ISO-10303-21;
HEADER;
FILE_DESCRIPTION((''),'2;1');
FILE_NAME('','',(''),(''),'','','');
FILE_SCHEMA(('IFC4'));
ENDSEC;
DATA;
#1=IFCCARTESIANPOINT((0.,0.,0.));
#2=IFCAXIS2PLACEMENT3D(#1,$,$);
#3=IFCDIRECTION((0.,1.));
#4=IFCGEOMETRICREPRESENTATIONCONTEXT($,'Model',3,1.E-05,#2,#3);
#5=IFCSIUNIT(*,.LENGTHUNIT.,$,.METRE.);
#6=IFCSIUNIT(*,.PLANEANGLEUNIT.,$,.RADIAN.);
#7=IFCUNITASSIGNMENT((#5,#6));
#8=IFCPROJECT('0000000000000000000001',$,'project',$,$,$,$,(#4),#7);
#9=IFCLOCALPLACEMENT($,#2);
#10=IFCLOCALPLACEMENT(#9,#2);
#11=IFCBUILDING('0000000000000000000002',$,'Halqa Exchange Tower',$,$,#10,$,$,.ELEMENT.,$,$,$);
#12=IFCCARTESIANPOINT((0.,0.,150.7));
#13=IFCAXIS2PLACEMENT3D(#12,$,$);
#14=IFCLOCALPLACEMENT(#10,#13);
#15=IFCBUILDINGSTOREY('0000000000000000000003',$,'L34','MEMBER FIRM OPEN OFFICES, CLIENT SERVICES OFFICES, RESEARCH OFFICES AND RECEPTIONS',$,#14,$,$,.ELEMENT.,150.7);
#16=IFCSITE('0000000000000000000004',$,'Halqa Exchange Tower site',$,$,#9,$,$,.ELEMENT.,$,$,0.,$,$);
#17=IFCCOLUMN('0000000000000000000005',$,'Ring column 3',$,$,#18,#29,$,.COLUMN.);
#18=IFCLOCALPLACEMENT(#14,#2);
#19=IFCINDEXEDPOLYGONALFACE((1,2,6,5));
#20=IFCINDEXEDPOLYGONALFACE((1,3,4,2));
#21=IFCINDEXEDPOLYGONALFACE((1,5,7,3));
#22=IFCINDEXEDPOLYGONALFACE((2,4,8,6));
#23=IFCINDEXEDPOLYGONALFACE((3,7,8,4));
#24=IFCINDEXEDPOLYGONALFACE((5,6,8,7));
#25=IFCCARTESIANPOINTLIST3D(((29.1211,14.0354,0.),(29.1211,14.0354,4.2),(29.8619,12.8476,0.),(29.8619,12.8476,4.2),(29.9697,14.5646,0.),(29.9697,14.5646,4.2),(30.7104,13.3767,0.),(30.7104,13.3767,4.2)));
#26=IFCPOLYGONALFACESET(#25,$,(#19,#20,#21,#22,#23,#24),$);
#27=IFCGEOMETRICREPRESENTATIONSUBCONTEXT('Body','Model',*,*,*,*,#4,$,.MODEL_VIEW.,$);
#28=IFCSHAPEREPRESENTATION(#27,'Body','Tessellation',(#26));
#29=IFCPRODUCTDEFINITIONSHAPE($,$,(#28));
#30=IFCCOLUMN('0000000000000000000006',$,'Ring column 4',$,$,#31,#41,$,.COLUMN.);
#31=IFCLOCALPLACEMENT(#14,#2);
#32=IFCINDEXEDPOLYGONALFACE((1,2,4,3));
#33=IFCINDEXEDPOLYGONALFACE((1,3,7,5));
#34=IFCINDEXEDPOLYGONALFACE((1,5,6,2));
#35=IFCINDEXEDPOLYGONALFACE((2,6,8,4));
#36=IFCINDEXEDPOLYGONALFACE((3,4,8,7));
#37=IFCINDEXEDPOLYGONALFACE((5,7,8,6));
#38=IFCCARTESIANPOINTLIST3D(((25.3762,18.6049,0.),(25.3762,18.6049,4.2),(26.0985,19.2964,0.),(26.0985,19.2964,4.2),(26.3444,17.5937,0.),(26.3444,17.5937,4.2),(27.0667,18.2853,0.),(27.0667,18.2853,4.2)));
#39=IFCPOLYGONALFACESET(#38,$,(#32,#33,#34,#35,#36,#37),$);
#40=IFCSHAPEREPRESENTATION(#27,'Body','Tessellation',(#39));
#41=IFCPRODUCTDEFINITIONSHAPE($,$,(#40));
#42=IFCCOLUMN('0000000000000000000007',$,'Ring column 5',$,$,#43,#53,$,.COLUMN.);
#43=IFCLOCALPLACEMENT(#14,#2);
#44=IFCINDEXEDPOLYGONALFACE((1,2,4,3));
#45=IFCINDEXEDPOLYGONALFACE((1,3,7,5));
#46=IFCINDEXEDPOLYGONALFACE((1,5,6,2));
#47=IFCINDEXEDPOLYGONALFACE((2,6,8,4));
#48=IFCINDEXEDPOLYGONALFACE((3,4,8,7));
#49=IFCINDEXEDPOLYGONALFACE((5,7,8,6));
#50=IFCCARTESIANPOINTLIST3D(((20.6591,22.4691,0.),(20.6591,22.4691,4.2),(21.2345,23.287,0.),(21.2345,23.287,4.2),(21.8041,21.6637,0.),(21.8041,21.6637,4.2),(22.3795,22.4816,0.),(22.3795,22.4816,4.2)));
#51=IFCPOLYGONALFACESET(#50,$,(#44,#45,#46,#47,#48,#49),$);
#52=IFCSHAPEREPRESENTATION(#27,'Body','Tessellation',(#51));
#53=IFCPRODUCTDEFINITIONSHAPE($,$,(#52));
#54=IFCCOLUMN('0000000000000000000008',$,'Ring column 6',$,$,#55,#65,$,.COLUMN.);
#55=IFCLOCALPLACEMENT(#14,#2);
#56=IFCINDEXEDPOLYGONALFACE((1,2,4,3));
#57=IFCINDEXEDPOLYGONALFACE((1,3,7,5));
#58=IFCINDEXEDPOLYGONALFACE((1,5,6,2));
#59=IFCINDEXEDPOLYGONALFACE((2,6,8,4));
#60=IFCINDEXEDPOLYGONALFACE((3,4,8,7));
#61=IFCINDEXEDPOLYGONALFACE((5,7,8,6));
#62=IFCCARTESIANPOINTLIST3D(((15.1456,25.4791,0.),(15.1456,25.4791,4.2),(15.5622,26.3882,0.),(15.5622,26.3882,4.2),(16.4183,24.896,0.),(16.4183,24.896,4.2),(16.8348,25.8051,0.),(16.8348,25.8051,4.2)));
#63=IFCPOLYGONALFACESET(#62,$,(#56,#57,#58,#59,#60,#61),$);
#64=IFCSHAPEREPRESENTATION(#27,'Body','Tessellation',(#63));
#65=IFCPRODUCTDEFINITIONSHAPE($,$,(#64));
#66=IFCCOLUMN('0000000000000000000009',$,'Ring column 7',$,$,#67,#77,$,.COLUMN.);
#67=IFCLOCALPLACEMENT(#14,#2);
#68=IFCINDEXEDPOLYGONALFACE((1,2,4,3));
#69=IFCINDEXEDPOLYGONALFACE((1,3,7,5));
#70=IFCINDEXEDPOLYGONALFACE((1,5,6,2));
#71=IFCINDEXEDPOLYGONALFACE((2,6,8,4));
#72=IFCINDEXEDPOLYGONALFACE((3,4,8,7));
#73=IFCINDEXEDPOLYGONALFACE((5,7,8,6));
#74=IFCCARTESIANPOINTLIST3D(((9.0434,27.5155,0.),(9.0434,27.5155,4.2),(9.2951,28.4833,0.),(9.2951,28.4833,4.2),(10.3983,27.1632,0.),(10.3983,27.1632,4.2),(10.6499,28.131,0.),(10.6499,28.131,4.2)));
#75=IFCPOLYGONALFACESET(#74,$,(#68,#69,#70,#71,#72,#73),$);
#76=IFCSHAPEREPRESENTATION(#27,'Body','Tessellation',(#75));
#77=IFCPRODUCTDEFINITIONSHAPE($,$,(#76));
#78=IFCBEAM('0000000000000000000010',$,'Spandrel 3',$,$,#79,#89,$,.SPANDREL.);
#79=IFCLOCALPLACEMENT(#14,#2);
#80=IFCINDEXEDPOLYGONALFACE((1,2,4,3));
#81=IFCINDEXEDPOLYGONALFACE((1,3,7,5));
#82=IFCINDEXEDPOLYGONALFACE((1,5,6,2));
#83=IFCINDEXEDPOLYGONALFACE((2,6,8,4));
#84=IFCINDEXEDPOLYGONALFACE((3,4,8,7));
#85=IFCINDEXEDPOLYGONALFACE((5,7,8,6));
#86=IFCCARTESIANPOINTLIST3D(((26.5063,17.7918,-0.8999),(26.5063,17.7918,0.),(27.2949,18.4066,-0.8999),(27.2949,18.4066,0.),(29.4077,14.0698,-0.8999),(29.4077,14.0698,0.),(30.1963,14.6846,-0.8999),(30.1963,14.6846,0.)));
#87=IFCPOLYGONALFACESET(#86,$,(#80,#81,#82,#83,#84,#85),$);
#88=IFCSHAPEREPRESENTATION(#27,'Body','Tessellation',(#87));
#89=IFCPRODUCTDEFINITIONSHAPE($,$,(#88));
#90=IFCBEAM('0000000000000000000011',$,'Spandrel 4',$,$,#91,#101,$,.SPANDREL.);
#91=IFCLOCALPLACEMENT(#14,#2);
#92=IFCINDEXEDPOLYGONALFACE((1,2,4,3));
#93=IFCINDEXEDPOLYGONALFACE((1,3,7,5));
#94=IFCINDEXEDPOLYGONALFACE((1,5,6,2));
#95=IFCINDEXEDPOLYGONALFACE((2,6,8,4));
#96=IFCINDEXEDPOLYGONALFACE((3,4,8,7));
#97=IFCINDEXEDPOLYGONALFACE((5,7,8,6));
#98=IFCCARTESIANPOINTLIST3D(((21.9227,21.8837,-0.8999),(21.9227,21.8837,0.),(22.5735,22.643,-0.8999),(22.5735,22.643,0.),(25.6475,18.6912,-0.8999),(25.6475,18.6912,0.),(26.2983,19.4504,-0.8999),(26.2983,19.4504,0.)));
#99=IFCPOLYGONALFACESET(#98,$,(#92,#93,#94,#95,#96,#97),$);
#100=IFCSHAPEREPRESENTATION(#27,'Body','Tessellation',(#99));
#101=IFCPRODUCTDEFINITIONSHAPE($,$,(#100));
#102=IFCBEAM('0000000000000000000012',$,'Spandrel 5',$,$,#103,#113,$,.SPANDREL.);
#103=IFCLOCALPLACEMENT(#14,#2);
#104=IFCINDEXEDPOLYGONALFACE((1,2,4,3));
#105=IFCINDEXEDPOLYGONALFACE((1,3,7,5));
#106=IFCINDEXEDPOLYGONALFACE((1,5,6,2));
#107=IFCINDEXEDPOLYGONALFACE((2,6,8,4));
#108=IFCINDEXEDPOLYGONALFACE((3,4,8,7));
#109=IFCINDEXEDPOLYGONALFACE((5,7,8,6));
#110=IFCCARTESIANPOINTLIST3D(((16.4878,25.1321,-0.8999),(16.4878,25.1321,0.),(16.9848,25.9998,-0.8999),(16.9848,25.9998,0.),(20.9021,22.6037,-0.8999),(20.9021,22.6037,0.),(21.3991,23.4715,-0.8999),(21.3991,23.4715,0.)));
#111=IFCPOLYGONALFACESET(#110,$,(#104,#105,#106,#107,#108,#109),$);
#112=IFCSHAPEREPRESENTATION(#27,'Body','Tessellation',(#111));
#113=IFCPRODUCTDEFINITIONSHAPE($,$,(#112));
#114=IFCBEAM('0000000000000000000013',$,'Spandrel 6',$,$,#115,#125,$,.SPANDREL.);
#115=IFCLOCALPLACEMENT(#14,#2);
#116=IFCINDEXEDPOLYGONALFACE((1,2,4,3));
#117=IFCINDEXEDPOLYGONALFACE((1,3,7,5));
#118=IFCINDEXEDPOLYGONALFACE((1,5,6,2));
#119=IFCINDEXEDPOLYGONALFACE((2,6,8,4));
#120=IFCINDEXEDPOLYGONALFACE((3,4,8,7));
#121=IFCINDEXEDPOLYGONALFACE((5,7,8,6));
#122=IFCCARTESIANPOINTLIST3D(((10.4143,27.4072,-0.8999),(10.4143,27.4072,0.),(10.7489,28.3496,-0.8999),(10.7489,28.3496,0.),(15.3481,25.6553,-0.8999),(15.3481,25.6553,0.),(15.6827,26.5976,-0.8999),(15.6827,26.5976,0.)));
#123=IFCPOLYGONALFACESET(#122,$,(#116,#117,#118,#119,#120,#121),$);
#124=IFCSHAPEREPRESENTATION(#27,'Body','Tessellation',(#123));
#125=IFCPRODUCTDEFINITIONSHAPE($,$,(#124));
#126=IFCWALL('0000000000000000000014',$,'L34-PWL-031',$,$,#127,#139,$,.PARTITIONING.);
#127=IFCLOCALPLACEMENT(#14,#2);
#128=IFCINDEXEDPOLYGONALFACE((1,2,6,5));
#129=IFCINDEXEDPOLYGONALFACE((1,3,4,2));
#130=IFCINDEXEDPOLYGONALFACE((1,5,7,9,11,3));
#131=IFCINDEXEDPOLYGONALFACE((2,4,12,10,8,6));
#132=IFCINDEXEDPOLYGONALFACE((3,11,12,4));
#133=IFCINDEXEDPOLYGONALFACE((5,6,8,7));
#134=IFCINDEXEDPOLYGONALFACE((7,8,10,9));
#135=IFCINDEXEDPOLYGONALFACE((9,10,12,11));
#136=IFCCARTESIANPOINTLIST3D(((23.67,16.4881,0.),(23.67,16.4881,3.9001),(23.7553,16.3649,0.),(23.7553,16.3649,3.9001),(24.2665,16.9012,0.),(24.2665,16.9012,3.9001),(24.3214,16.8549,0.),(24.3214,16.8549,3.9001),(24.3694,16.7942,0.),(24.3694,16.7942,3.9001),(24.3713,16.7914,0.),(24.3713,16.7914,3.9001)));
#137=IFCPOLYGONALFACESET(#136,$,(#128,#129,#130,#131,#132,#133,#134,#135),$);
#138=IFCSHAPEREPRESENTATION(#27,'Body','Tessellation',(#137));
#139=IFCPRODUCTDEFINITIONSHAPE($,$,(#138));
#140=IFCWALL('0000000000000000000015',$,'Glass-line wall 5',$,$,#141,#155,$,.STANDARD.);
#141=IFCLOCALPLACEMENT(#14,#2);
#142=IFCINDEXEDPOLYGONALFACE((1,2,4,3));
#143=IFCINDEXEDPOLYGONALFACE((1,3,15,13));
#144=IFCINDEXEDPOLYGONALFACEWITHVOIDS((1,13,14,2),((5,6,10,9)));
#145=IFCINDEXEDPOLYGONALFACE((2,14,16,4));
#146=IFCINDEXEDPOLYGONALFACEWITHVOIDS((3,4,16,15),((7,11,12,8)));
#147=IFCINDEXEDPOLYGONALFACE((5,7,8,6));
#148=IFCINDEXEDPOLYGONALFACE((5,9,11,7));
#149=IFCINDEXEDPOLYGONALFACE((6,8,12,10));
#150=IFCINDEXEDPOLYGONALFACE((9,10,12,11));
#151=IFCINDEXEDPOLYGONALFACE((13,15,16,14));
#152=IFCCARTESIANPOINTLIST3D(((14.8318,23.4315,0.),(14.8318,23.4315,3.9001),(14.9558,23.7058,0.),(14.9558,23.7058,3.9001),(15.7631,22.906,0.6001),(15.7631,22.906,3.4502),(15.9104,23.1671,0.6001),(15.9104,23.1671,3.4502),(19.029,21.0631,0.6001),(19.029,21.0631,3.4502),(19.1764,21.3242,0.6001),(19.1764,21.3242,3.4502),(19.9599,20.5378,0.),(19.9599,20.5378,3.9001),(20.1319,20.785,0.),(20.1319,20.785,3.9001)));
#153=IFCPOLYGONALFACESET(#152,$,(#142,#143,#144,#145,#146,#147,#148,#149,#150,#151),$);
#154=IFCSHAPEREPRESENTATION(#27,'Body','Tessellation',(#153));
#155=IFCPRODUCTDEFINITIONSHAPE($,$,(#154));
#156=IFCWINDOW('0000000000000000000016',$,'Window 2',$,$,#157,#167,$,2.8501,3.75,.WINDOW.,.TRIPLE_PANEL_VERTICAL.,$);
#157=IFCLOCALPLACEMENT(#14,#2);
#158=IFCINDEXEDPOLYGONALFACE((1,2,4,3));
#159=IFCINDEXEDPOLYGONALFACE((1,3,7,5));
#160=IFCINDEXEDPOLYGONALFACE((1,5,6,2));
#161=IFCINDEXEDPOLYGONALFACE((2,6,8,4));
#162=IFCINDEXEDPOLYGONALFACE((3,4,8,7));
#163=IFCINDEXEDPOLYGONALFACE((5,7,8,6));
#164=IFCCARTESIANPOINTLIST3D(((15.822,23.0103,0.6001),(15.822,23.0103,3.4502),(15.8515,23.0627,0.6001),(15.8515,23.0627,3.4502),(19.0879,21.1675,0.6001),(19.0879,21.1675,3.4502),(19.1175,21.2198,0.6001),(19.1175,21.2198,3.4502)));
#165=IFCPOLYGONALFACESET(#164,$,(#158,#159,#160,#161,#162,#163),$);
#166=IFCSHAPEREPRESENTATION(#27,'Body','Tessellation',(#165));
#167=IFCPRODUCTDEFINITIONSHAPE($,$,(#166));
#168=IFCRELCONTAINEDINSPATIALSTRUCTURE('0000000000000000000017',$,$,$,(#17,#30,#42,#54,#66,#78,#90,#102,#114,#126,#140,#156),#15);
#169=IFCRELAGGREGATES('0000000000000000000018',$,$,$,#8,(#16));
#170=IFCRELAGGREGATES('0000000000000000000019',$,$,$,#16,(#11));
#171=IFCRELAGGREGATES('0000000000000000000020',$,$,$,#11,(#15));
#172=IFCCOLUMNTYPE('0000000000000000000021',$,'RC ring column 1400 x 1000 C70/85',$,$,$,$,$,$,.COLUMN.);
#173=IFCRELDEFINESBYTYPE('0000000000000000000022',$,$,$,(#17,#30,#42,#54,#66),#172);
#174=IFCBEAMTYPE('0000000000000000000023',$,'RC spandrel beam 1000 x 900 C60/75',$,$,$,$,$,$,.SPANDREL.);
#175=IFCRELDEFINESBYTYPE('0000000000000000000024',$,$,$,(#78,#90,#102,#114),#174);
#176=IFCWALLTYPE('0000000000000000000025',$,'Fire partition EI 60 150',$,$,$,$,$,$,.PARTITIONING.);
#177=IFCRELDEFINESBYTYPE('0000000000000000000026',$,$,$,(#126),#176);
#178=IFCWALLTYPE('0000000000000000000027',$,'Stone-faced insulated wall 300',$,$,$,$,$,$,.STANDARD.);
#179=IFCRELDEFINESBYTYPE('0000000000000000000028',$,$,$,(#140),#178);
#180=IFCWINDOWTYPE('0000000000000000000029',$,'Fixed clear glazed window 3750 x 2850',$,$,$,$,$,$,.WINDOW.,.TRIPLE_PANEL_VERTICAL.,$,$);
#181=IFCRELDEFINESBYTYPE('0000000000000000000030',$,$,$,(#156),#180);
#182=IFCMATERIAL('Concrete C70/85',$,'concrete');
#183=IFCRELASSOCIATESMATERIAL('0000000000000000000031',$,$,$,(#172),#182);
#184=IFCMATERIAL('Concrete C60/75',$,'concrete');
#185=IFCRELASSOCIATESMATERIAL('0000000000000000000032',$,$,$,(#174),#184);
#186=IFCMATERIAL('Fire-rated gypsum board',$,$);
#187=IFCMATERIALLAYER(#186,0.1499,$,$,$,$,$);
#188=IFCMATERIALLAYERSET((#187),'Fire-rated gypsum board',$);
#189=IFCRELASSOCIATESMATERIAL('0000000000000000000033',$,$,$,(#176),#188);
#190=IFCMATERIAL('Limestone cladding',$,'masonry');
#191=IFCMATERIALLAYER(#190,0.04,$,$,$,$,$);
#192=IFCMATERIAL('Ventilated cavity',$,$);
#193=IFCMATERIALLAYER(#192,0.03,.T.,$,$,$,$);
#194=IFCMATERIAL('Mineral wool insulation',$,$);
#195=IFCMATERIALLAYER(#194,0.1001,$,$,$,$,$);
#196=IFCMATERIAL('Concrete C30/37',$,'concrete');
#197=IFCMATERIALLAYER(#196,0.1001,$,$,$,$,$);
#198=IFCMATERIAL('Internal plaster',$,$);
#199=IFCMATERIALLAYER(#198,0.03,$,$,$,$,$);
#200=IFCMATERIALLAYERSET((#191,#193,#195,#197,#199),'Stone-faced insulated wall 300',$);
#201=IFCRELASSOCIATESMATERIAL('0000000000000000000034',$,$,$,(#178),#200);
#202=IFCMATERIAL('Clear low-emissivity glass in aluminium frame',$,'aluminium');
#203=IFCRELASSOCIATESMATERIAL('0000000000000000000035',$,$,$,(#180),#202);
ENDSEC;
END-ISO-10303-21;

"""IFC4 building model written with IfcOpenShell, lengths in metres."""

from ifc_helpers import new_model, si_unit, direction, frame, frame_2d, origin, origin_2d, place, context, subcontext, project, spatial, polyline, rectangle, outline, extrude, material, layer, layer_set, material_profile, profile_set, type_object, element, fill, save


model = new_model("IFC4")

# Units and contexts
model_context = context("Model", 3, precision=1e-05, world=origin(), true_north=direction((0.0, 1.0)))
body_context = subcontext(model_context, "Body", "Model", "MODEL_VIEW")
ifc_project = project(units=[si_unit("LENGTHUNIT", "METRE"), si_unit("PLANEANGLEUNIT", "RADIAN")], contexts=[model_context])

# Site, building, storey
site_placement = place(None, origin())
site = spatial("IfcSite", under=ifc_project, at=site_placement, Name="Halqa Exchange Tower site", CompositionType="ELEMENT", RefElevation=0.0)
building_placement = place(site_placement, origin())
building = spatial("IfcBuilding", under=site, at=building_placement, Name="Halqa Exchange Tower", CompositionType="ELEMENT")
storey_placement = place(building_placement, frame((0.0, 0.0, 150.7)))
storey = spatial("IfcBuildingStorey", under=building, at=storey_placement, Name="L34", Description="MEMBER FIRM OPEN OFFICES, CLIENT SERVICES OFFICES, RESEARCH OFFICES AND RECEPTIONS", CompositionType="ELEMENT", Elevation=150.7)

# Columns
ifc_material_1 = material(Name="Concrete C70/85", Category="concrete")
ifc_material_profile_1 = material_profile(ifc_material_1, rectangle(XDim=1.3999, YDim=1.0, at=origin_2d()), Name="1400 x 1000")
ifc_profile_set_1 = profile_set([ifc_material_profile_1], Name="Concrete C70/85")
column_type = type_object("IfcColumnType", Name="RC ring column 1400 x 1000 C70/85", PredefinedType="COLUMN", material=ifc_profile_set_1)
for number, where, z_axis, x_axis, name in (
    (1, (29.9158, 13.7061, 0.0), (0.0, 0.0, 1.0), (-0.529143, 0.848532, 0.0), "Ring column 3"),
    (2, (26.2214, 18.4451, 0.0), (0.0, 0.0, 1.0), (-0.691579, 0.722301, 0.0), "Ring column 4"),
    (3, (21.5193, 22.4753, 0.0), (0.0, 0.0, 1.0), (-0.817911, 0.575345, 0.0), "Ring column 5"),
    (4, (15.9902, 25.6421, 0.0), (0.0, 0.0, 1.0), (-0.909126, 0.41652, 0.0), "Ring column 6"),
    (5, (9.8467, 27.8232, 0.0), (0.0, 0.0, 1.0), (-0.96782, 0.251645, 0.0), "Ring column 7"),
):
    element("IfcColumn", number, at=place(storey_placement, frame(where, z_axis=z_axis, x_axis=x_axis)), inside=storey, type_object=column_type, Name=name, PredefinedType="COLUMN", context=body_context, shape_type="SweptSolid", body=[
        extrude(rectangle(XDim=1.3999, YDim=1.0, at=origin_2d()), origin(), (0.0, 0.0, 1.0), 4.2),
    ])

# Beams
ifc_material_2 = material(Name="Concrete C60/75", Category="concrete")
ifc_material_profile_2 = material_profile(ifc_material_2, rectangle(XDim=1.0, YDim=0.8999, at=origin_2d()), Name="1000 x 900")
ifc_profile_set_2 = profile_set([ifc_material_profile_2], Name="Concrete C60/75")
beam_type = type_object("IfcBeamType", Name="RC spandrel beam 1000 x 900 C60/75", PredefinedType="SPANDREL", material=ifc_profile_set_2)
beam_1_placement = place(storey_placement, frame((29.802, 14.3772, -0.45), z_axis=(-0.614803, 0.78868, 0.0), x_axis=(-0.78868, -0.614803, 0.0)))
element("IfcBeam", 6, at=beam_1_placement, inside=storey, type_object=beam_type, Name="Spandrel 3", PredefinedType="SPANDREL", context=body_context, shape_type="SweptSolid", body=[
    extrude(rectangle(XDim=1.0, YDim=0.8999, at=origin_2d()), origin(), (0.0, 0.0, 1.0), 4.7192),
])
beam_2_placement = place(storey_placement, frame((25.9729, 19.0708, -0.45), z_axis=(-0.759267, 0.650779, 0.0), x_axis=(-0.650779, -0.759267, 0.0)))
element("IfcBeam", 7, at=beam_2_placement, inside=storey, type_object=beam_type, Name="Spandrel 4", PredefinedType="SPANDREL", context=body_context, shape_type="SweptSolid", body=[
    extrude(rectangle(XDim=1.0, YDim=0.8999, at=origin_2d()), origin(), (0.0, 0.0, 1.0), 4.9058),
])
beam_3_placement = place(storey_placement, frame((21.1506, 23.0376, -0.45), z_axis=(-0.867747, 0.497007, 0.0), x_axis=(-0.497007, -0.867747, 0.0)))
element("IfcBeam", 8, at=beam_3_placement, inside=storey, type_object=beam_type, Name="Spandrel 5", PredefinedType="SPANDREL", context=body_context, shape_type="SweptSolid", body=[
    extrude(rectangle(XDim=1.0, YDim=0.8999, at=origin_2d()), origin(), (0.0, 0.0, 1.0), 5.0872),
])
beam_4_placement = place(storey_placement, frame((15.5154, 26.1265, -0.45), z_axis=(-0.942353, 0.33462, 0.0), x_axis=(-0.33462, -0.942353, 0.0)))
element("IfcBeam", 9, at=beam_4_placement, inside=storey, type_object=beam_type, Name="Spandrel 6", PredefinedType="SPANDREL", context=body_context, shape_type="SweptSolid", body=[
    extrude(rectangle(XDim=1.0, YDim=0.8999, at=origin_2d()), origin(), (0.0, 0.0, 1.0), 5.2356),
])

# Wall
ifc_material_3 = material(Name="Fire-rated gypsum board")
ifc_layer_1 = layer(ifc_material_3, 0.1499)
ifc_layer_set_1 = layer_set([ifc_layer_1], Name="Fire-rated gypsum board")
wall_type_1 = type_object("IfcWallType", Name="Fire partition EI 60 150", PredefinedType="PARTITIONING", material=ifc_layer_set_1)
wall_1_placement = place(storey_placement, frame((23.7126, 16.4265, 0.0), z_axis=(0.0, 0.0, 1.0), x_axis=(0.822145, 0.569278, 0.0)))
element("IfcWall", 10, at=wall_1_placement, inside=storey, type_object=wall_type_1, Name="L34-PWL-031", PredefinedType="PARTITIONING", context=body_context, shape_type="SweptSolid", body=[
    extrude(outline(polyline([(0.7493, -0.075), (0.7493, -0.0715), (0.7444, 0.0056), (0.7256, 0.075), (0.0, 0.075), (0.0, -0.075), (0.7493, -0.075)])), origin(), (0.0, 0.0, 1.0), 3.9001),
])

# Shared definitions
ifc_material_4 = material(Name="Limestone cladding", Category="masonry")
ifc_layer_2 = layer(ifc_material_4, 0.04)
ifc_material_5 = material(Name="Ventilated cavity")
ifc_layer_3 = layer(ifc_material_5, 0.03, ventilated=True)
ifc_material_6 = material(Name="Mineral wool insulation")
ifc_layer_4 = layer(ifc_material_6, 0.1001)
ifc_material_7 = material(Name="Concrete C30/37", Category="concrete")
ifc_layer_5 = layer(ifc_material_7, 0.1001)
ifc_material_8 = material(Name="Internal plaster")
ifc_layer_6 = layer(ifc_material_8, 0.03)
ifc_layer_set_2 = layer_set([ifc_layer_2, ifc_layer_3, ifc_layer_4, ifc_layer_5, ifc_layer_6], Name="Stone-faced insulated wall 300")
wall_type_2 = type_object("IfcWallType", Name="Stone-faced insulated wall 300", PredefinedType="STANDARD", material=ifc_layer_set_2)
ifc_material_9 = material(Name="Clear low-emissivity glass in aluminium frame", Category="aluminium")

# Wall, opening, window
wall_2_placement = place(storey_placement, frame((20.0459, 20.6614, 0.0), z_axis=(0.0, 0.0, 1.0), x_axis=(-0.870912, 0.491438, 0.0)))
wall_2 = element("IfcWall", 11, at=wall_2_placement, inside=storey, type_object=wall_type_2, Name="Glass-line wall 5", PredefinedType="STANDARD", context=body_context, shape_type="SweptSolid", body=[
    extrude(outline(polyline([(-0.0142, -0.1499), (5.9292, -0.1499), (5.9023, 0.1499), (0.0142, 0.1499), (-0.0142, -0.1499)])), origin(), (0.0, 0.0, 1.0), 3.9001),
])
opening_1_placement = place(wall_2_placement, frame((1.083, 0.0, 0.6001)))
opening_1 = element("IfcOpeningElement", 12, at=opening_1_placement, cuts=wall_2, PredefinedType="OPENING", context=body_context, shape_type="SweptSolid", body=[
    extrude(rectangle(XDim=3.75, YDim=2.8501, at=frame_2d((1.875, 1.425))), frame((0.0, 0.1621, 0.0), z_axis=(0.0, -1.0, 0.0), x_axis=(1.0, 0.0, 0.0)), (0.0, 0.0, 1.0), 0.324),
])
window_type = type_object("IfcWindowType", Name="Fixed clear glazed window 3750 x 2850", PartitioningType="TRIPLE_PANEL_VERTICAL", PredefinedType="WINDOW", material=ifc_material_9)
window_1_placement = place(opening_1_placement, origin())
window_1 = element("IfcWindow", 13, at=window_1_placement, inside=storey, type_object=window_type, Name="Window 2", OverallHeight=2.8501, OverallWidth=3.75, PartitioningType="TRIPLE_PANEL_VERTICAL", PredefinedType="WINDOW", context=body_context, shape_type="SweptSolid", body=[
    extrude(rectangle(XDim=3.75, YDim=2.8501, at=frame_2d((1.875, 1.425))), frame((0.0, 0.03, 0.0), z_axis=(0.0, -1.0, 0.0), x_axis=(1.0, 0.0, 0.0)), (0.0, 0.0, 1.0), 0.0601),
])
fill(opening_1, window_1)

save(model, "model.ifc")
